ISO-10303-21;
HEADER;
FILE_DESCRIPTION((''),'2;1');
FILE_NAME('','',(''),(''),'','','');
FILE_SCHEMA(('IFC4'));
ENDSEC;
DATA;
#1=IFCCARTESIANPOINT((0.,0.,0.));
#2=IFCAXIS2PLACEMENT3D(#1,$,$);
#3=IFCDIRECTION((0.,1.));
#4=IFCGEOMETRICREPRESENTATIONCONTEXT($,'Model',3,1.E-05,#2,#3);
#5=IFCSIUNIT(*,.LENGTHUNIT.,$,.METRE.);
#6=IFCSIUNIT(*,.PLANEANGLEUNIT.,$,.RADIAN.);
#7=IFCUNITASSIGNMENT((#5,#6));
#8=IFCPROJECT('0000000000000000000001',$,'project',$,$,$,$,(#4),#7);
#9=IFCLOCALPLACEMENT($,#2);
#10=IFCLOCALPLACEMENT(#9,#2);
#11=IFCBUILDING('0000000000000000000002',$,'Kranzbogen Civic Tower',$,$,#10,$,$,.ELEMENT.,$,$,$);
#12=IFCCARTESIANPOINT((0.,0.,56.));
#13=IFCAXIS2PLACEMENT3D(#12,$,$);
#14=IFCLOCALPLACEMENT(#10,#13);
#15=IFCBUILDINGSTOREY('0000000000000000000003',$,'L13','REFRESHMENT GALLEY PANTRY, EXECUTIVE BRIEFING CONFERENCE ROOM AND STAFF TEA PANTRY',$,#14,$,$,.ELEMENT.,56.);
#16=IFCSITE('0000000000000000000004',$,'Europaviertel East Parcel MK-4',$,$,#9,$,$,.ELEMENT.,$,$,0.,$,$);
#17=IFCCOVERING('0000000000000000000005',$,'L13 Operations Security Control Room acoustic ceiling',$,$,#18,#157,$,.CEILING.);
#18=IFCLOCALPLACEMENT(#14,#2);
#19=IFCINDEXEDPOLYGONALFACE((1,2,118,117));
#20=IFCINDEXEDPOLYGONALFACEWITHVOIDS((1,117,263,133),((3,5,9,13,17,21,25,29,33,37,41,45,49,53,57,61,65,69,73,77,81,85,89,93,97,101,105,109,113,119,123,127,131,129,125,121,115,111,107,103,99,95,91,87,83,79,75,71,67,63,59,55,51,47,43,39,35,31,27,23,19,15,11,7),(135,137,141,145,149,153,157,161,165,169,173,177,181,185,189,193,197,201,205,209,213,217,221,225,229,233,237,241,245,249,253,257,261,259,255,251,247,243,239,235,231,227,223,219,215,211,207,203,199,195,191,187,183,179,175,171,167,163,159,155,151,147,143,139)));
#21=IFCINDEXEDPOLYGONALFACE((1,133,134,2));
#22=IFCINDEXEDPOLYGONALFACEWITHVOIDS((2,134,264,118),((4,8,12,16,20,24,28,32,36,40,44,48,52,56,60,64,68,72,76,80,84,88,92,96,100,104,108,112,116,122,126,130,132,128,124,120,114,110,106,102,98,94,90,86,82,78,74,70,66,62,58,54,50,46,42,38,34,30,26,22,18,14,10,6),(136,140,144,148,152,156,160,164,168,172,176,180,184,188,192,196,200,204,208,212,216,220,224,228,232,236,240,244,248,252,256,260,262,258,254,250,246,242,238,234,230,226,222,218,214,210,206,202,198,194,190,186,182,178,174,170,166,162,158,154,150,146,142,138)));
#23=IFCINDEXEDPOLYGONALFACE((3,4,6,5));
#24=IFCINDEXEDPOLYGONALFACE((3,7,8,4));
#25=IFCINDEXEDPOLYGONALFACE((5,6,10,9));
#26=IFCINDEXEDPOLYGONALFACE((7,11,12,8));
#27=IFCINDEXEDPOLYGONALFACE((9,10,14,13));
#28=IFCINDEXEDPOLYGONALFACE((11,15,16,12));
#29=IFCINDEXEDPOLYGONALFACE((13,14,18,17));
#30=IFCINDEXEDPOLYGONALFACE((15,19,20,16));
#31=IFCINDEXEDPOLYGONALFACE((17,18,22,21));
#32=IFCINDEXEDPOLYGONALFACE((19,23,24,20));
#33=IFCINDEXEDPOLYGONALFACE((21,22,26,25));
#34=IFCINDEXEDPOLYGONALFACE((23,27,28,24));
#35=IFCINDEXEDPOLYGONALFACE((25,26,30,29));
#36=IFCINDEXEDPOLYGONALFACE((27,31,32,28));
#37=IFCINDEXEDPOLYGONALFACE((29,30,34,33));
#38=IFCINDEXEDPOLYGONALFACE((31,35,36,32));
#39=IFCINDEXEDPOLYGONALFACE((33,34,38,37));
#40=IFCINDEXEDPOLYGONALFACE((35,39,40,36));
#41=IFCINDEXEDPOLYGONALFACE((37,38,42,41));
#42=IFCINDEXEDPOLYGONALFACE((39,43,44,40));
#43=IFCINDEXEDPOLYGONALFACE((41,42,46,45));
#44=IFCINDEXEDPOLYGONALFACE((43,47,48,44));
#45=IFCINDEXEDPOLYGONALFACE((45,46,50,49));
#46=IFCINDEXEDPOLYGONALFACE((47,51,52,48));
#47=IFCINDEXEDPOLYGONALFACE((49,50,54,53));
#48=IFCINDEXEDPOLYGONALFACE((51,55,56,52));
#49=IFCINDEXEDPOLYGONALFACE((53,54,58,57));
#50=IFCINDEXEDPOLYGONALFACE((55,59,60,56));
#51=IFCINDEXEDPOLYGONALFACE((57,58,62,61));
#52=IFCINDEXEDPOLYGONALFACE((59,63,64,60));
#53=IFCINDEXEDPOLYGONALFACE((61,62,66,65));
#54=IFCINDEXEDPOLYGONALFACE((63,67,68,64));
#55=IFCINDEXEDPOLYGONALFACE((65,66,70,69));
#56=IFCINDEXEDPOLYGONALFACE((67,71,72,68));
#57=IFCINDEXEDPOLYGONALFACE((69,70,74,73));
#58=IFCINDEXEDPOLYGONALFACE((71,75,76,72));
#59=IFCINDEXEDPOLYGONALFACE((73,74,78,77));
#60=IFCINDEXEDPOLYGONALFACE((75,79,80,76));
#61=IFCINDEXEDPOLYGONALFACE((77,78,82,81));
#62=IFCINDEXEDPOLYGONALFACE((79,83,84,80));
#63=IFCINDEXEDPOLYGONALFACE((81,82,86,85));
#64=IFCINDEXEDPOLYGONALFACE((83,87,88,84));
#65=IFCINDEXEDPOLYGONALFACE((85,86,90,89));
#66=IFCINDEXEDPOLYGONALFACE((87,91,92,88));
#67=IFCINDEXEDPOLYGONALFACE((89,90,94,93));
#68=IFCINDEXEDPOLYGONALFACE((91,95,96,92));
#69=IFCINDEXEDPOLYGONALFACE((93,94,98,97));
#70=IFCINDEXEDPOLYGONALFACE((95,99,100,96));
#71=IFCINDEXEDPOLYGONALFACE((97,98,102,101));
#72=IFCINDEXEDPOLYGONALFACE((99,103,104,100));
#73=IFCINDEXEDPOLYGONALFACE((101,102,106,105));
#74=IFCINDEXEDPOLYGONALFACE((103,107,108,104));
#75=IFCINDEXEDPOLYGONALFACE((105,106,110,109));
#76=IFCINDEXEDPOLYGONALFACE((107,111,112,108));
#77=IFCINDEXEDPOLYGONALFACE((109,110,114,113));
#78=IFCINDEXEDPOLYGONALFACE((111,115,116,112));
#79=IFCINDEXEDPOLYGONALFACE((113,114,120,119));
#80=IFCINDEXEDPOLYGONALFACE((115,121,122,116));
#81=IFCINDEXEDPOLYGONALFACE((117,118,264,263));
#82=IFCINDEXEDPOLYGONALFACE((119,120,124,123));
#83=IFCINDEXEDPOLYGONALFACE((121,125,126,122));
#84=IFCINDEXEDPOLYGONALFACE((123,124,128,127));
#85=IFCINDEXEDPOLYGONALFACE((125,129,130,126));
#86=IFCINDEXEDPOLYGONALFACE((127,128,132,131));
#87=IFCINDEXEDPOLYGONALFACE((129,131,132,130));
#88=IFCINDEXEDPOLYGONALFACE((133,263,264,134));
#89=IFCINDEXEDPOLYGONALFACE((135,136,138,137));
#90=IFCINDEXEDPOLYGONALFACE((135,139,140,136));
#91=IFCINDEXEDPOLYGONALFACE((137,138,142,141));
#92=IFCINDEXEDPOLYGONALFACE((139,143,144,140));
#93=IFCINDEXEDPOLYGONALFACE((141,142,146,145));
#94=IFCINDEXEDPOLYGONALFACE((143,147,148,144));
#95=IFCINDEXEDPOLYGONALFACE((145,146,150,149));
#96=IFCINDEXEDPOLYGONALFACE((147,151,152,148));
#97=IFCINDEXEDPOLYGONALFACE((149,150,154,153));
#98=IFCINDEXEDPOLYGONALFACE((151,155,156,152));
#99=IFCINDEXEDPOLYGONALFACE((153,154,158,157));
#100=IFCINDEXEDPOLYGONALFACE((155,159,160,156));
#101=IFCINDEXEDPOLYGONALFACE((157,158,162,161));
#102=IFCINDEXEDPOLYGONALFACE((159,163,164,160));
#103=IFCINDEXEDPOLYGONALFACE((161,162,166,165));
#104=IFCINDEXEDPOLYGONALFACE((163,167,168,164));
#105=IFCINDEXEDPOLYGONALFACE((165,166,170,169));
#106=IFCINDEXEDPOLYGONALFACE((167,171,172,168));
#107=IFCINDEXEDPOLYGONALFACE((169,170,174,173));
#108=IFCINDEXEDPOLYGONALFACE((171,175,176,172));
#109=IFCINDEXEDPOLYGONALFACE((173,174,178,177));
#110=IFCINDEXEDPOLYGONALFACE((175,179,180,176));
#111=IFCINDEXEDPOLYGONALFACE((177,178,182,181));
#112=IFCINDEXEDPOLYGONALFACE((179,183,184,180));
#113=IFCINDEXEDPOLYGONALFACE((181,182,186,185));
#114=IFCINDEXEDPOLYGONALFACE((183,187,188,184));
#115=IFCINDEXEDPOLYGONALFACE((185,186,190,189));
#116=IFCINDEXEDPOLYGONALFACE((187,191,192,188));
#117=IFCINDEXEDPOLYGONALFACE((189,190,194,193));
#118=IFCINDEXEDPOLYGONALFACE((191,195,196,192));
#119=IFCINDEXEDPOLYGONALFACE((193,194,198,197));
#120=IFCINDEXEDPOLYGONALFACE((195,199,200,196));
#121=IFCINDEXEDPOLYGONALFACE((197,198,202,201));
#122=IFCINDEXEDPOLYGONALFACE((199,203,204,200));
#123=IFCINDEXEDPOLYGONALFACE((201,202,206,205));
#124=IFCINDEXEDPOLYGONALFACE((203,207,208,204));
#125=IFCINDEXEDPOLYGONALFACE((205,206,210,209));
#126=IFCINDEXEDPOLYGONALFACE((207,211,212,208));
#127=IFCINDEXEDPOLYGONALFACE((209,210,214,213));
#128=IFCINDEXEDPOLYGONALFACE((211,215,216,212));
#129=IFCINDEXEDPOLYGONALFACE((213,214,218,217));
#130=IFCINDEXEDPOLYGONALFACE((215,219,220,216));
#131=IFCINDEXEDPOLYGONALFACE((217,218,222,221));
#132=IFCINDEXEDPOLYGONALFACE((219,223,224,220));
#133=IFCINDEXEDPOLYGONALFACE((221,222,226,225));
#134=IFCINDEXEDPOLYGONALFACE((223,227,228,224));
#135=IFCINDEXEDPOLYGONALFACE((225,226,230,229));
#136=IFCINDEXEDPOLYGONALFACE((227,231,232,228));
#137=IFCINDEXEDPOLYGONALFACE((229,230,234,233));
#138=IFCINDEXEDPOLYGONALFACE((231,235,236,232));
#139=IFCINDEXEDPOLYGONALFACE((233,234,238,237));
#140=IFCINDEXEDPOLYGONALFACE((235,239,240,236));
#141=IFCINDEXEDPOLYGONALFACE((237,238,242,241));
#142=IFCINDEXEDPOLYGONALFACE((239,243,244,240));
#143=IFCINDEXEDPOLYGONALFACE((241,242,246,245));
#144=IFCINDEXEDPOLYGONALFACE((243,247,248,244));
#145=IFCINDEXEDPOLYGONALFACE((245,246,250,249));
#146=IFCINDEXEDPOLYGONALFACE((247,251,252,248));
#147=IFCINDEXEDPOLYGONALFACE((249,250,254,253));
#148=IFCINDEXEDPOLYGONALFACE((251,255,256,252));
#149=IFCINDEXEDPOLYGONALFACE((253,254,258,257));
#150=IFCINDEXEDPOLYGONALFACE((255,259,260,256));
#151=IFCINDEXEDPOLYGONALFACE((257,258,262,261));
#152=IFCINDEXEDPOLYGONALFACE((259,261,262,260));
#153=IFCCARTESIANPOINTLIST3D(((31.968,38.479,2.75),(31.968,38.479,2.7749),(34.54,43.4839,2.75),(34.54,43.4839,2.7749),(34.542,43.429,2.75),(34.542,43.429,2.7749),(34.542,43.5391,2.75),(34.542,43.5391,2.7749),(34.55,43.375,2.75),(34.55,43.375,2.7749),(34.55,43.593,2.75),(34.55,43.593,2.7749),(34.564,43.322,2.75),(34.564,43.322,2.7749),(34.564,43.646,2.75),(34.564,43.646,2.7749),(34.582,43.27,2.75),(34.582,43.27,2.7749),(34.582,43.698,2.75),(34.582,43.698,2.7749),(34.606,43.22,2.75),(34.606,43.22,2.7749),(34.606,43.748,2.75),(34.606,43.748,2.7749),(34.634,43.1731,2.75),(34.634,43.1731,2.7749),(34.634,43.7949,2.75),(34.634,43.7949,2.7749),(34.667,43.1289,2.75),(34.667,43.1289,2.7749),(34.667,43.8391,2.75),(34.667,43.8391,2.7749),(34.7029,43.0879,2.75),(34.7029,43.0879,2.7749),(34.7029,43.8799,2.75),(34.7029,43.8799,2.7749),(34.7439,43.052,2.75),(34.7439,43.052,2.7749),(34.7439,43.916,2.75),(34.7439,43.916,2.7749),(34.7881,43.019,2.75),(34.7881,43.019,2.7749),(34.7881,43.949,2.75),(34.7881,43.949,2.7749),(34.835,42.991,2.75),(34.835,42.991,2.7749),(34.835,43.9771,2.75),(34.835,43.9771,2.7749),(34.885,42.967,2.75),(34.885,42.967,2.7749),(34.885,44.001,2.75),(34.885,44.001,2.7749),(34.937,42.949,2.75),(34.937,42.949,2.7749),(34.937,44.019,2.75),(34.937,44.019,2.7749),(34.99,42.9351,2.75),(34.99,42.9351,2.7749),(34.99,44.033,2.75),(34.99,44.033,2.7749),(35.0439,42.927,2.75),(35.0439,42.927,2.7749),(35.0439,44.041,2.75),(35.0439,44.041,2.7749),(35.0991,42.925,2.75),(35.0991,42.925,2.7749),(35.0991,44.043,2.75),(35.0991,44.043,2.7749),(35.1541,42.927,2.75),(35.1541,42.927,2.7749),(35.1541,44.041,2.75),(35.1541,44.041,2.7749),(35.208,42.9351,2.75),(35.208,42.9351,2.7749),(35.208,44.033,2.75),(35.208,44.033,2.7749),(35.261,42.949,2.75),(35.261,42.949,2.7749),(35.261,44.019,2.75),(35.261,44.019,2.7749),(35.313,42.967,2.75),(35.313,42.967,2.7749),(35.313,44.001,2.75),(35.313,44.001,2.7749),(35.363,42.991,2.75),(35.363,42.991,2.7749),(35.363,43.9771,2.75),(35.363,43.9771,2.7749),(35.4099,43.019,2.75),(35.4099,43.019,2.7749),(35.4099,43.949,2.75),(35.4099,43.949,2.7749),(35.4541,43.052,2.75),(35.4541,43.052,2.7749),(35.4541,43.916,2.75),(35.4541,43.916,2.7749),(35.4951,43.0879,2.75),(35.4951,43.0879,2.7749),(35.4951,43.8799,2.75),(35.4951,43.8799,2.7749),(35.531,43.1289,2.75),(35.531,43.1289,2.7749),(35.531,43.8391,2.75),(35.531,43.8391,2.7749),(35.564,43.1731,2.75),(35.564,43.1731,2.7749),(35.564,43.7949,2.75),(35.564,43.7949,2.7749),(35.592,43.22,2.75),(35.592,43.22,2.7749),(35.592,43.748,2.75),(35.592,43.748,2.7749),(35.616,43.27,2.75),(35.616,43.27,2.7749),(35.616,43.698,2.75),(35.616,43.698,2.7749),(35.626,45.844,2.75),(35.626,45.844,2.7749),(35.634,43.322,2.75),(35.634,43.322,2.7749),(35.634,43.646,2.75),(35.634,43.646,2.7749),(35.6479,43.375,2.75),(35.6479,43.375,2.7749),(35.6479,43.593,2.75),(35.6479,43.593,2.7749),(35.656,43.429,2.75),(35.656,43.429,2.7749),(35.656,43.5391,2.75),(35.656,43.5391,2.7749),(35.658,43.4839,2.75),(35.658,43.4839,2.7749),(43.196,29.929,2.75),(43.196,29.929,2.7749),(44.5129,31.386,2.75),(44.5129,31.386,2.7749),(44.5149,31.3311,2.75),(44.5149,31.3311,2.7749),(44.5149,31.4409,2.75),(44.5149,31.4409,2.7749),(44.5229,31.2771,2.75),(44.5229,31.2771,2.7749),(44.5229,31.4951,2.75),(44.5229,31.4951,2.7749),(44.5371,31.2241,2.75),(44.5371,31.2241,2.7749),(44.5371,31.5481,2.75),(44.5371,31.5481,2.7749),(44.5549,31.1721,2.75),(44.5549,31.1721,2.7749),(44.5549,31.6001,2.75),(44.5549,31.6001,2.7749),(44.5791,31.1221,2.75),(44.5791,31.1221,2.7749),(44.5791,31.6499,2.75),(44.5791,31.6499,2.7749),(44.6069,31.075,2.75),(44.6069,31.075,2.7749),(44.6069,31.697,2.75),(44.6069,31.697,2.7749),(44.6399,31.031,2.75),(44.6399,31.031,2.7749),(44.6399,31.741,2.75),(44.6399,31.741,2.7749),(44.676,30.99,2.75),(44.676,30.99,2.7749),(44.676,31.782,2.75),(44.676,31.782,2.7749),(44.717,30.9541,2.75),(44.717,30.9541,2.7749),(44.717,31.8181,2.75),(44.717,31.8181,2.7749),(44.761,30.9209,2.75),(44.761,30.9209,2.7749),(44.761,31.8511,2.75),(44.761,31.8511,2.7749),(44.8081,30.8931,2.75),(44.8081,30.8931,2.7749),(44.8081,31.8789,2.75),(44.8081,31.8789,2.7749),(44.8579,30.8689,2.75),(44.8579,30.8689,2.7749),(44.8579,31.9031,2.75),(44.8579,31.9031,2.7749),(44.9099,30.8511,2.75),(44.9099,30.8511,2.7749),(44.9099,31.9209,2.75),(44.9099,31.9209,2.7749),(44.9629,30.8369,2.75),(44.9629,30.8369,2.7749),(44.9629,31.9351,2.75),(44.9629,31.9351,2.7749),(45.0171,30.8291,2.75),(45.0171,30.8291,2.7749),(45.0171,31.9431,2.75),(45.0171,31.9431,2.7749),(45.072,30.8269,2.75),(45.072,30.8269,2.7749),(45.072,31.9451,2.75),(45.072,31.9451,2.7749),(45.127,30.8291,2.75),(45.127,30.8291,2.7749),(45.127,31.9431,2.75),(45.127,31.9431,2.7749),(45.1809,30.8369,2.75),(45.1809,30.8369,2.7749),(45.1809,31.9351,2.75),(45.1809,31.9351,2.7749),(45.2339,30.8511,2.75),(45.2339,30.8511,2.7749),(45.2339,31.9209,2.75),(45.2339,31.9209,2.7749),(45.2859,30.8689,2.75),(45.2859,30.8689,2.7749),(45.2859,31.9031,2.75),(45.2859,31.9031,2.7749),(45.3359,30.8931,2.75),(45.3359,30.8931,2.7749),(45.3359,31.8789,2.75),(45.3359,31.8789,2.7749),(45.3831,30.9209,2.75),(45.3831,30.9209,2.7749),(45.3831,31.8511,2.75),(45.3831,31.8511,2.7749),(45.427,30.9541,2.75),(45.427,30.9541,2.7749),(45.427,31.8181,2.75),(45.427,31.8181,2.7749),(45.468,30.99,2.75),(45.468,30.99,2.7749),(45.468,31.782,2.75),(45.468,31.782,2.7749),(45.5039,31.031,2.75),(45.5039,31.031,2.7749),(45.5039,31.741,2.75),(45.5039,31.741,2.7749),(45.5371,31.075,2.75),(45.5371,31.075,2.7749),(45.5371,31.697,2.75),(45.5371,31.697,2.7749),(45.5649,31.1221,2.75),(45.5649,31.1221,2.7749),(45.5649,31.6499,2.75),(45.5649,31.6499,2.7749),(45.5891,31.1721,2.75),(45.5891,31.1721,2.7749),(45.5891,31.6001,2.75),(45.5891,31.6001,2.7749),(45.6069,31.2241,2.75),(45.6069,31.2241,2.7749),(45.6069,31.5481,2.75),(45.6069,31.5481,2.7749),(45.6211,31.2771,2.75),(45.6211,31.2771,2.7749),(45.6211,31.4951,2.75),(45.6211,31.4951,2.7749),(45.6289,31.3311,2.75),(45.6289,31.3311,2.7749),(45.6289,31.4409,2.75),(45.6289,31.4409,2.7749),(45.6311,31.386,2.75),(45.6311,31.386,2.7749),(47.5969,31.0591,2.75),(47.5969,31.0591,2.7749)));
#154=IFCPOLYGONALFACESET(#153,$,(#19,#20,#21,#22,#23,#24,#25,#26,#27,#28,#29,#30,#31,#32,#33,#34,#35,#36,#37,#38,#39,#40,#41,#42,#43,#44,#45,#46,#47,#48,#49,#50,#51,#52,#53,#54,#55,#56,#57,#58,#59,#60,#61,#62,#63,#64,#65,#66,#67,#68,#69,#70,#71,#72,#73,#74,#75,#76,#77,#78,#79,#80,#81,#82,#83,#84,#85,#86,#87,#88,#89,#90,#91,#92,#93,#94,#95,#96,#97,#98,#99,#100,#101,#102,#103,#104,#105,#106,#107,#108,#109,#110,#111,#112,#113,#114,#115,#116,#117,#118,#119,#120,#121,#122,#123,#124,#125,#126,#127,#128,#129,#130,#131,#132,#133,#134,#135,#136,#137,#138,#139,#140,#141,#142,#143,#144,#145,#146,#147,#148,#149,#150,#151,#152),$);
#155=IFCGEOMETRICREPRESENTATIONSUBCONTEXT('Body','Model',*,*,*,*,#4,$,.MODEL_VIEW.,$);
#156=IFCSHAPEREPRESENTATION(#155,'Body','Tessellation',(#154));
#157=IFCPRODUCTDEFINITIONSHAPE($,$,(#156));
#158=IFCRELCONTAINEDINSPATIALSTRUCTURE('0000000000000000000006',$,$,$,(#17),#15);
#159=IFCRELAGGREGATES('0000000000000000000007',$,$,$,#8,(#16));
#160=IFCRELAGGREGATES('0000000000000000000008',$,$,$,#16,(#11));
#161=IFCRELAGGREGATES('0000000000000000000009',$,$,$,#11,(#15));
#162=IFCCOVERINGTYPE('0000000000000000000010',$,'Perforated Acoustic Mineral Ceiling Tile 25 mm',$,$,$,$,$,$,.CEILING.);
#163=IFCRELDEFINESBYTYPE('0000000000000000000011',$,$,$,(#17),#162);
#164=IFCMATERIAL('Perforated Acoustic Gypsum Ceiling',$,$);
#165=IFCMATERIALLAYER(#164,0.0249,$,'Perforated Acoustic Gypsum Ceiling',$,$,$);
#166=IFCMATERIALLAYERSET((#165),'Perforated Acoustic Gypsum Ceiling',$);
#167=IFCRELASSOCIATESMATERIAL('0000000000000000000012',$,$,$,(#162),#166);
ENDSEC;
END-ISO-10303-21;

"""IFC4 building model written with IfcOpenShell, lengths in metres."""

from ifc_helpers import new_model, si_unit, direction, frame, origin, place, context, subcontext, project, spatial, polyline, outline, extrude, material, layer, layer_set, type_object, element, save


model = new_model("IFC4")

# Units and contexts
model_context = context("Model", 3, precision=1e-05, world=origin(), true_north=direction((0.0, 1.0)))
body_context = subcontext(model_context, "Body", "Model", "MODEL_VIEW")
ifc_project = project(units=[si_unit("LENGTHUNIT", "METRE"), si_unit("PLANEANGLEUNIT", "RADIAN")], contexts=[model_context])

# Site, building, storey
site_placement = place(None, origin())
site = spatial("IfcSite", under=ifc_project, at=site_placement, Name="Europaviertel East Parcel MK-4", CompositionType="ELEMENT", RefElevation=0.0)
building_placement = place(site_placement, origin())
building = spatial("IfcBuilding", under=site, at=building_placement, Name="Kranzbogen Civic Tower", CompositionType="ELEMENT")
storey_placement = place(building_placement, frame((0.0, 0.0, 56.0)))
storey = spatial("IfcBuildingStorey", under=building, at=storey_placement, Name="L13", Description="REFRESHMENT GALLEY PANTRY, EXECUTIVE BRIEFING CONFERENCE ROOM AND STAFF TEA PANTRY", CompositionType="ELEMENT", Elevation=56.0)

# Covering
ifc_material_1 = material(Name="Perforated Acoustic Gypsum Ceiling")
ifc_layer_1 = layer(ifc_material_1, 0.0249, Name="Perforated Acoustic Gypsum Ceiling")
ifc_layer_set_1 = layer_set([ifc_layer_1], Name="Perforated Acoustic Gypsum Ceiling")
covering_type_1 = type_object("IfcCoveringType", Name="Perforated Acoustic Mineral Ceiling Tile 25 mm", PredefinedType="CEILING", material=ifc_layer_set_1)
covering_1_placement = place(storey_placement, frame((0.0, 0.0, 2.75)))
element("IfcCovering", 1, at=covering_1_placement, inside=storey, type_object=covering_type_1, Name="L13 Operations Security Control Room acoustic ceiling", PredefinedType="CEILING", context=body_context, shape_type="SweptSolid", body=[
    extrude(outline(polyline([(31.968, 38.479), (35.626, 45.844), (47.5969, 31.0591), (43.196, 29.929), (31.968, 38.479)]), holes=[polyline([(45.5891, 31.1721), (45.5649, 31.1221), (45.5371, 31.075), (45.5039, 31.031), (45.468, 30.99), (45.427, 30.9541), (45.3831, 30.9209), (45.3359, 30.8931), (45.2859, 30.8689), (45.2339, 30.8511), (45.1809, 30.8369), (45.127, 30.8291), (45.072, 30.8269), (45.0171, 30.8291), (44.9629, 30.8369), (44.9099, 30.8511), (44.8579, 30.8689), (44.8081, 30.8931), (44.761, 30.9209), (44.717, 30.9541), (44.676, 30.99), (44.6399, 31.031), (44.6069, 31.075), (44.5791, 31.1221), (44.5549, 31.1721), (44.5371, 31.2241), (44.5229, 31.2771), (44.5149, 31.3311), (44.5129, 31.386), (44.5149, 31.4409), (44.5229, 31.4951), (44.5371, 31.5481), (44.5549, 31.6001), (44.5791, 31.6499), (44.6069, 31.697), (44.6399, 31.741), (44.676, 31.782), (44.717, 31.8181), (44.761, 31.8511), (44.8081, 31.8789), (44.8579, 31.9031), (44.9099, 31.9209), (44.9629, 31.9351), (45.0171, 31.9431), (45.072, 31.9451), (45.127, 31.9431), (45.1809, 31.9351), (45.2339, 31.9209), (45.2859, 31.9031), (45.3359, 31.8789), (45.3831, 31.8511), (45.427, 31.8181), (45.468, 31.782), (45.5039, 31.741), (45.5371, 31.697), (45.5649, 31.6499), (45.5891, 31.6001), (45.6069, 31.5481), (45.6211, 31.4951), (45.6289, 31.4409), (45.6311, 31.386), (45.6289, 31.3311), (45.6211, 31.2771), (45.6069, 31.2241), (45.5891, 31.1721)]), polyline([(35.616, 43.27), (35.592, 43.22), (35.564, 43.1731), (35.531, 43.1289), (35.4951, 43.0879), (35.4541, 43.052), (35.4099, 43.019), (35.363, 42.991), (35.313, 42.967), (35.261, 42.949), (35.208, 42.9351), (35.1541, 42.927), (35.0991, 42.925), (35.0439, 42.927), (34.99, 42.9351), (34.937, 42.949), (34.885, 42.967), (34.835, 42.991), (34.7881, 43.019), (34.7439, 43.052), (34.7029, 43.0879), (34.667, 43.1289), (34.634, 43.1731), (34.606, 43.22), (34.582, 43.27), (34.564, 43.322), (34.55, 43.375), (34.542, 43.429), (34.54, 43.4839), (34.542, 43.5391), (34.55, 43.593), (34.564, 43.646), (34.582, 43.698), (34.606, 43.748), (34.634, 43.7949), (34.667, 43.8391), (34.7029, 43.8799), (34.7439, 43.916), (34.7881, 43.949), (34.835, 43.9771), (34.885, 44.001), (34.937, 44.019), (34.99, 44.033), (35.0439, 44.041), (35.0991, 44.043), (35.1541, 44.041), (35.208, 44.033), (35.261, 44.019), (35.313, 44.001), (35.363, 43.9771), (35.4099, 43.949), (35.4541, 43.916), (35.4951, 43.8799), (35.531, 43.8391), (35.564, 43.7949), (35.592, 43.748), (35.616, 43.698), (35.634, 43.646), (35.6479, 43.593), (35.656, 43.5391), (35.658, 43.4839), (35.656, 43.429), (35.6479, 43.375), (35.634, 43.322), (35.616, 43.27)])]), origin(), (0.0, 0.0, 1.0), 0.0249),
])

save(model, "model.ifc")
